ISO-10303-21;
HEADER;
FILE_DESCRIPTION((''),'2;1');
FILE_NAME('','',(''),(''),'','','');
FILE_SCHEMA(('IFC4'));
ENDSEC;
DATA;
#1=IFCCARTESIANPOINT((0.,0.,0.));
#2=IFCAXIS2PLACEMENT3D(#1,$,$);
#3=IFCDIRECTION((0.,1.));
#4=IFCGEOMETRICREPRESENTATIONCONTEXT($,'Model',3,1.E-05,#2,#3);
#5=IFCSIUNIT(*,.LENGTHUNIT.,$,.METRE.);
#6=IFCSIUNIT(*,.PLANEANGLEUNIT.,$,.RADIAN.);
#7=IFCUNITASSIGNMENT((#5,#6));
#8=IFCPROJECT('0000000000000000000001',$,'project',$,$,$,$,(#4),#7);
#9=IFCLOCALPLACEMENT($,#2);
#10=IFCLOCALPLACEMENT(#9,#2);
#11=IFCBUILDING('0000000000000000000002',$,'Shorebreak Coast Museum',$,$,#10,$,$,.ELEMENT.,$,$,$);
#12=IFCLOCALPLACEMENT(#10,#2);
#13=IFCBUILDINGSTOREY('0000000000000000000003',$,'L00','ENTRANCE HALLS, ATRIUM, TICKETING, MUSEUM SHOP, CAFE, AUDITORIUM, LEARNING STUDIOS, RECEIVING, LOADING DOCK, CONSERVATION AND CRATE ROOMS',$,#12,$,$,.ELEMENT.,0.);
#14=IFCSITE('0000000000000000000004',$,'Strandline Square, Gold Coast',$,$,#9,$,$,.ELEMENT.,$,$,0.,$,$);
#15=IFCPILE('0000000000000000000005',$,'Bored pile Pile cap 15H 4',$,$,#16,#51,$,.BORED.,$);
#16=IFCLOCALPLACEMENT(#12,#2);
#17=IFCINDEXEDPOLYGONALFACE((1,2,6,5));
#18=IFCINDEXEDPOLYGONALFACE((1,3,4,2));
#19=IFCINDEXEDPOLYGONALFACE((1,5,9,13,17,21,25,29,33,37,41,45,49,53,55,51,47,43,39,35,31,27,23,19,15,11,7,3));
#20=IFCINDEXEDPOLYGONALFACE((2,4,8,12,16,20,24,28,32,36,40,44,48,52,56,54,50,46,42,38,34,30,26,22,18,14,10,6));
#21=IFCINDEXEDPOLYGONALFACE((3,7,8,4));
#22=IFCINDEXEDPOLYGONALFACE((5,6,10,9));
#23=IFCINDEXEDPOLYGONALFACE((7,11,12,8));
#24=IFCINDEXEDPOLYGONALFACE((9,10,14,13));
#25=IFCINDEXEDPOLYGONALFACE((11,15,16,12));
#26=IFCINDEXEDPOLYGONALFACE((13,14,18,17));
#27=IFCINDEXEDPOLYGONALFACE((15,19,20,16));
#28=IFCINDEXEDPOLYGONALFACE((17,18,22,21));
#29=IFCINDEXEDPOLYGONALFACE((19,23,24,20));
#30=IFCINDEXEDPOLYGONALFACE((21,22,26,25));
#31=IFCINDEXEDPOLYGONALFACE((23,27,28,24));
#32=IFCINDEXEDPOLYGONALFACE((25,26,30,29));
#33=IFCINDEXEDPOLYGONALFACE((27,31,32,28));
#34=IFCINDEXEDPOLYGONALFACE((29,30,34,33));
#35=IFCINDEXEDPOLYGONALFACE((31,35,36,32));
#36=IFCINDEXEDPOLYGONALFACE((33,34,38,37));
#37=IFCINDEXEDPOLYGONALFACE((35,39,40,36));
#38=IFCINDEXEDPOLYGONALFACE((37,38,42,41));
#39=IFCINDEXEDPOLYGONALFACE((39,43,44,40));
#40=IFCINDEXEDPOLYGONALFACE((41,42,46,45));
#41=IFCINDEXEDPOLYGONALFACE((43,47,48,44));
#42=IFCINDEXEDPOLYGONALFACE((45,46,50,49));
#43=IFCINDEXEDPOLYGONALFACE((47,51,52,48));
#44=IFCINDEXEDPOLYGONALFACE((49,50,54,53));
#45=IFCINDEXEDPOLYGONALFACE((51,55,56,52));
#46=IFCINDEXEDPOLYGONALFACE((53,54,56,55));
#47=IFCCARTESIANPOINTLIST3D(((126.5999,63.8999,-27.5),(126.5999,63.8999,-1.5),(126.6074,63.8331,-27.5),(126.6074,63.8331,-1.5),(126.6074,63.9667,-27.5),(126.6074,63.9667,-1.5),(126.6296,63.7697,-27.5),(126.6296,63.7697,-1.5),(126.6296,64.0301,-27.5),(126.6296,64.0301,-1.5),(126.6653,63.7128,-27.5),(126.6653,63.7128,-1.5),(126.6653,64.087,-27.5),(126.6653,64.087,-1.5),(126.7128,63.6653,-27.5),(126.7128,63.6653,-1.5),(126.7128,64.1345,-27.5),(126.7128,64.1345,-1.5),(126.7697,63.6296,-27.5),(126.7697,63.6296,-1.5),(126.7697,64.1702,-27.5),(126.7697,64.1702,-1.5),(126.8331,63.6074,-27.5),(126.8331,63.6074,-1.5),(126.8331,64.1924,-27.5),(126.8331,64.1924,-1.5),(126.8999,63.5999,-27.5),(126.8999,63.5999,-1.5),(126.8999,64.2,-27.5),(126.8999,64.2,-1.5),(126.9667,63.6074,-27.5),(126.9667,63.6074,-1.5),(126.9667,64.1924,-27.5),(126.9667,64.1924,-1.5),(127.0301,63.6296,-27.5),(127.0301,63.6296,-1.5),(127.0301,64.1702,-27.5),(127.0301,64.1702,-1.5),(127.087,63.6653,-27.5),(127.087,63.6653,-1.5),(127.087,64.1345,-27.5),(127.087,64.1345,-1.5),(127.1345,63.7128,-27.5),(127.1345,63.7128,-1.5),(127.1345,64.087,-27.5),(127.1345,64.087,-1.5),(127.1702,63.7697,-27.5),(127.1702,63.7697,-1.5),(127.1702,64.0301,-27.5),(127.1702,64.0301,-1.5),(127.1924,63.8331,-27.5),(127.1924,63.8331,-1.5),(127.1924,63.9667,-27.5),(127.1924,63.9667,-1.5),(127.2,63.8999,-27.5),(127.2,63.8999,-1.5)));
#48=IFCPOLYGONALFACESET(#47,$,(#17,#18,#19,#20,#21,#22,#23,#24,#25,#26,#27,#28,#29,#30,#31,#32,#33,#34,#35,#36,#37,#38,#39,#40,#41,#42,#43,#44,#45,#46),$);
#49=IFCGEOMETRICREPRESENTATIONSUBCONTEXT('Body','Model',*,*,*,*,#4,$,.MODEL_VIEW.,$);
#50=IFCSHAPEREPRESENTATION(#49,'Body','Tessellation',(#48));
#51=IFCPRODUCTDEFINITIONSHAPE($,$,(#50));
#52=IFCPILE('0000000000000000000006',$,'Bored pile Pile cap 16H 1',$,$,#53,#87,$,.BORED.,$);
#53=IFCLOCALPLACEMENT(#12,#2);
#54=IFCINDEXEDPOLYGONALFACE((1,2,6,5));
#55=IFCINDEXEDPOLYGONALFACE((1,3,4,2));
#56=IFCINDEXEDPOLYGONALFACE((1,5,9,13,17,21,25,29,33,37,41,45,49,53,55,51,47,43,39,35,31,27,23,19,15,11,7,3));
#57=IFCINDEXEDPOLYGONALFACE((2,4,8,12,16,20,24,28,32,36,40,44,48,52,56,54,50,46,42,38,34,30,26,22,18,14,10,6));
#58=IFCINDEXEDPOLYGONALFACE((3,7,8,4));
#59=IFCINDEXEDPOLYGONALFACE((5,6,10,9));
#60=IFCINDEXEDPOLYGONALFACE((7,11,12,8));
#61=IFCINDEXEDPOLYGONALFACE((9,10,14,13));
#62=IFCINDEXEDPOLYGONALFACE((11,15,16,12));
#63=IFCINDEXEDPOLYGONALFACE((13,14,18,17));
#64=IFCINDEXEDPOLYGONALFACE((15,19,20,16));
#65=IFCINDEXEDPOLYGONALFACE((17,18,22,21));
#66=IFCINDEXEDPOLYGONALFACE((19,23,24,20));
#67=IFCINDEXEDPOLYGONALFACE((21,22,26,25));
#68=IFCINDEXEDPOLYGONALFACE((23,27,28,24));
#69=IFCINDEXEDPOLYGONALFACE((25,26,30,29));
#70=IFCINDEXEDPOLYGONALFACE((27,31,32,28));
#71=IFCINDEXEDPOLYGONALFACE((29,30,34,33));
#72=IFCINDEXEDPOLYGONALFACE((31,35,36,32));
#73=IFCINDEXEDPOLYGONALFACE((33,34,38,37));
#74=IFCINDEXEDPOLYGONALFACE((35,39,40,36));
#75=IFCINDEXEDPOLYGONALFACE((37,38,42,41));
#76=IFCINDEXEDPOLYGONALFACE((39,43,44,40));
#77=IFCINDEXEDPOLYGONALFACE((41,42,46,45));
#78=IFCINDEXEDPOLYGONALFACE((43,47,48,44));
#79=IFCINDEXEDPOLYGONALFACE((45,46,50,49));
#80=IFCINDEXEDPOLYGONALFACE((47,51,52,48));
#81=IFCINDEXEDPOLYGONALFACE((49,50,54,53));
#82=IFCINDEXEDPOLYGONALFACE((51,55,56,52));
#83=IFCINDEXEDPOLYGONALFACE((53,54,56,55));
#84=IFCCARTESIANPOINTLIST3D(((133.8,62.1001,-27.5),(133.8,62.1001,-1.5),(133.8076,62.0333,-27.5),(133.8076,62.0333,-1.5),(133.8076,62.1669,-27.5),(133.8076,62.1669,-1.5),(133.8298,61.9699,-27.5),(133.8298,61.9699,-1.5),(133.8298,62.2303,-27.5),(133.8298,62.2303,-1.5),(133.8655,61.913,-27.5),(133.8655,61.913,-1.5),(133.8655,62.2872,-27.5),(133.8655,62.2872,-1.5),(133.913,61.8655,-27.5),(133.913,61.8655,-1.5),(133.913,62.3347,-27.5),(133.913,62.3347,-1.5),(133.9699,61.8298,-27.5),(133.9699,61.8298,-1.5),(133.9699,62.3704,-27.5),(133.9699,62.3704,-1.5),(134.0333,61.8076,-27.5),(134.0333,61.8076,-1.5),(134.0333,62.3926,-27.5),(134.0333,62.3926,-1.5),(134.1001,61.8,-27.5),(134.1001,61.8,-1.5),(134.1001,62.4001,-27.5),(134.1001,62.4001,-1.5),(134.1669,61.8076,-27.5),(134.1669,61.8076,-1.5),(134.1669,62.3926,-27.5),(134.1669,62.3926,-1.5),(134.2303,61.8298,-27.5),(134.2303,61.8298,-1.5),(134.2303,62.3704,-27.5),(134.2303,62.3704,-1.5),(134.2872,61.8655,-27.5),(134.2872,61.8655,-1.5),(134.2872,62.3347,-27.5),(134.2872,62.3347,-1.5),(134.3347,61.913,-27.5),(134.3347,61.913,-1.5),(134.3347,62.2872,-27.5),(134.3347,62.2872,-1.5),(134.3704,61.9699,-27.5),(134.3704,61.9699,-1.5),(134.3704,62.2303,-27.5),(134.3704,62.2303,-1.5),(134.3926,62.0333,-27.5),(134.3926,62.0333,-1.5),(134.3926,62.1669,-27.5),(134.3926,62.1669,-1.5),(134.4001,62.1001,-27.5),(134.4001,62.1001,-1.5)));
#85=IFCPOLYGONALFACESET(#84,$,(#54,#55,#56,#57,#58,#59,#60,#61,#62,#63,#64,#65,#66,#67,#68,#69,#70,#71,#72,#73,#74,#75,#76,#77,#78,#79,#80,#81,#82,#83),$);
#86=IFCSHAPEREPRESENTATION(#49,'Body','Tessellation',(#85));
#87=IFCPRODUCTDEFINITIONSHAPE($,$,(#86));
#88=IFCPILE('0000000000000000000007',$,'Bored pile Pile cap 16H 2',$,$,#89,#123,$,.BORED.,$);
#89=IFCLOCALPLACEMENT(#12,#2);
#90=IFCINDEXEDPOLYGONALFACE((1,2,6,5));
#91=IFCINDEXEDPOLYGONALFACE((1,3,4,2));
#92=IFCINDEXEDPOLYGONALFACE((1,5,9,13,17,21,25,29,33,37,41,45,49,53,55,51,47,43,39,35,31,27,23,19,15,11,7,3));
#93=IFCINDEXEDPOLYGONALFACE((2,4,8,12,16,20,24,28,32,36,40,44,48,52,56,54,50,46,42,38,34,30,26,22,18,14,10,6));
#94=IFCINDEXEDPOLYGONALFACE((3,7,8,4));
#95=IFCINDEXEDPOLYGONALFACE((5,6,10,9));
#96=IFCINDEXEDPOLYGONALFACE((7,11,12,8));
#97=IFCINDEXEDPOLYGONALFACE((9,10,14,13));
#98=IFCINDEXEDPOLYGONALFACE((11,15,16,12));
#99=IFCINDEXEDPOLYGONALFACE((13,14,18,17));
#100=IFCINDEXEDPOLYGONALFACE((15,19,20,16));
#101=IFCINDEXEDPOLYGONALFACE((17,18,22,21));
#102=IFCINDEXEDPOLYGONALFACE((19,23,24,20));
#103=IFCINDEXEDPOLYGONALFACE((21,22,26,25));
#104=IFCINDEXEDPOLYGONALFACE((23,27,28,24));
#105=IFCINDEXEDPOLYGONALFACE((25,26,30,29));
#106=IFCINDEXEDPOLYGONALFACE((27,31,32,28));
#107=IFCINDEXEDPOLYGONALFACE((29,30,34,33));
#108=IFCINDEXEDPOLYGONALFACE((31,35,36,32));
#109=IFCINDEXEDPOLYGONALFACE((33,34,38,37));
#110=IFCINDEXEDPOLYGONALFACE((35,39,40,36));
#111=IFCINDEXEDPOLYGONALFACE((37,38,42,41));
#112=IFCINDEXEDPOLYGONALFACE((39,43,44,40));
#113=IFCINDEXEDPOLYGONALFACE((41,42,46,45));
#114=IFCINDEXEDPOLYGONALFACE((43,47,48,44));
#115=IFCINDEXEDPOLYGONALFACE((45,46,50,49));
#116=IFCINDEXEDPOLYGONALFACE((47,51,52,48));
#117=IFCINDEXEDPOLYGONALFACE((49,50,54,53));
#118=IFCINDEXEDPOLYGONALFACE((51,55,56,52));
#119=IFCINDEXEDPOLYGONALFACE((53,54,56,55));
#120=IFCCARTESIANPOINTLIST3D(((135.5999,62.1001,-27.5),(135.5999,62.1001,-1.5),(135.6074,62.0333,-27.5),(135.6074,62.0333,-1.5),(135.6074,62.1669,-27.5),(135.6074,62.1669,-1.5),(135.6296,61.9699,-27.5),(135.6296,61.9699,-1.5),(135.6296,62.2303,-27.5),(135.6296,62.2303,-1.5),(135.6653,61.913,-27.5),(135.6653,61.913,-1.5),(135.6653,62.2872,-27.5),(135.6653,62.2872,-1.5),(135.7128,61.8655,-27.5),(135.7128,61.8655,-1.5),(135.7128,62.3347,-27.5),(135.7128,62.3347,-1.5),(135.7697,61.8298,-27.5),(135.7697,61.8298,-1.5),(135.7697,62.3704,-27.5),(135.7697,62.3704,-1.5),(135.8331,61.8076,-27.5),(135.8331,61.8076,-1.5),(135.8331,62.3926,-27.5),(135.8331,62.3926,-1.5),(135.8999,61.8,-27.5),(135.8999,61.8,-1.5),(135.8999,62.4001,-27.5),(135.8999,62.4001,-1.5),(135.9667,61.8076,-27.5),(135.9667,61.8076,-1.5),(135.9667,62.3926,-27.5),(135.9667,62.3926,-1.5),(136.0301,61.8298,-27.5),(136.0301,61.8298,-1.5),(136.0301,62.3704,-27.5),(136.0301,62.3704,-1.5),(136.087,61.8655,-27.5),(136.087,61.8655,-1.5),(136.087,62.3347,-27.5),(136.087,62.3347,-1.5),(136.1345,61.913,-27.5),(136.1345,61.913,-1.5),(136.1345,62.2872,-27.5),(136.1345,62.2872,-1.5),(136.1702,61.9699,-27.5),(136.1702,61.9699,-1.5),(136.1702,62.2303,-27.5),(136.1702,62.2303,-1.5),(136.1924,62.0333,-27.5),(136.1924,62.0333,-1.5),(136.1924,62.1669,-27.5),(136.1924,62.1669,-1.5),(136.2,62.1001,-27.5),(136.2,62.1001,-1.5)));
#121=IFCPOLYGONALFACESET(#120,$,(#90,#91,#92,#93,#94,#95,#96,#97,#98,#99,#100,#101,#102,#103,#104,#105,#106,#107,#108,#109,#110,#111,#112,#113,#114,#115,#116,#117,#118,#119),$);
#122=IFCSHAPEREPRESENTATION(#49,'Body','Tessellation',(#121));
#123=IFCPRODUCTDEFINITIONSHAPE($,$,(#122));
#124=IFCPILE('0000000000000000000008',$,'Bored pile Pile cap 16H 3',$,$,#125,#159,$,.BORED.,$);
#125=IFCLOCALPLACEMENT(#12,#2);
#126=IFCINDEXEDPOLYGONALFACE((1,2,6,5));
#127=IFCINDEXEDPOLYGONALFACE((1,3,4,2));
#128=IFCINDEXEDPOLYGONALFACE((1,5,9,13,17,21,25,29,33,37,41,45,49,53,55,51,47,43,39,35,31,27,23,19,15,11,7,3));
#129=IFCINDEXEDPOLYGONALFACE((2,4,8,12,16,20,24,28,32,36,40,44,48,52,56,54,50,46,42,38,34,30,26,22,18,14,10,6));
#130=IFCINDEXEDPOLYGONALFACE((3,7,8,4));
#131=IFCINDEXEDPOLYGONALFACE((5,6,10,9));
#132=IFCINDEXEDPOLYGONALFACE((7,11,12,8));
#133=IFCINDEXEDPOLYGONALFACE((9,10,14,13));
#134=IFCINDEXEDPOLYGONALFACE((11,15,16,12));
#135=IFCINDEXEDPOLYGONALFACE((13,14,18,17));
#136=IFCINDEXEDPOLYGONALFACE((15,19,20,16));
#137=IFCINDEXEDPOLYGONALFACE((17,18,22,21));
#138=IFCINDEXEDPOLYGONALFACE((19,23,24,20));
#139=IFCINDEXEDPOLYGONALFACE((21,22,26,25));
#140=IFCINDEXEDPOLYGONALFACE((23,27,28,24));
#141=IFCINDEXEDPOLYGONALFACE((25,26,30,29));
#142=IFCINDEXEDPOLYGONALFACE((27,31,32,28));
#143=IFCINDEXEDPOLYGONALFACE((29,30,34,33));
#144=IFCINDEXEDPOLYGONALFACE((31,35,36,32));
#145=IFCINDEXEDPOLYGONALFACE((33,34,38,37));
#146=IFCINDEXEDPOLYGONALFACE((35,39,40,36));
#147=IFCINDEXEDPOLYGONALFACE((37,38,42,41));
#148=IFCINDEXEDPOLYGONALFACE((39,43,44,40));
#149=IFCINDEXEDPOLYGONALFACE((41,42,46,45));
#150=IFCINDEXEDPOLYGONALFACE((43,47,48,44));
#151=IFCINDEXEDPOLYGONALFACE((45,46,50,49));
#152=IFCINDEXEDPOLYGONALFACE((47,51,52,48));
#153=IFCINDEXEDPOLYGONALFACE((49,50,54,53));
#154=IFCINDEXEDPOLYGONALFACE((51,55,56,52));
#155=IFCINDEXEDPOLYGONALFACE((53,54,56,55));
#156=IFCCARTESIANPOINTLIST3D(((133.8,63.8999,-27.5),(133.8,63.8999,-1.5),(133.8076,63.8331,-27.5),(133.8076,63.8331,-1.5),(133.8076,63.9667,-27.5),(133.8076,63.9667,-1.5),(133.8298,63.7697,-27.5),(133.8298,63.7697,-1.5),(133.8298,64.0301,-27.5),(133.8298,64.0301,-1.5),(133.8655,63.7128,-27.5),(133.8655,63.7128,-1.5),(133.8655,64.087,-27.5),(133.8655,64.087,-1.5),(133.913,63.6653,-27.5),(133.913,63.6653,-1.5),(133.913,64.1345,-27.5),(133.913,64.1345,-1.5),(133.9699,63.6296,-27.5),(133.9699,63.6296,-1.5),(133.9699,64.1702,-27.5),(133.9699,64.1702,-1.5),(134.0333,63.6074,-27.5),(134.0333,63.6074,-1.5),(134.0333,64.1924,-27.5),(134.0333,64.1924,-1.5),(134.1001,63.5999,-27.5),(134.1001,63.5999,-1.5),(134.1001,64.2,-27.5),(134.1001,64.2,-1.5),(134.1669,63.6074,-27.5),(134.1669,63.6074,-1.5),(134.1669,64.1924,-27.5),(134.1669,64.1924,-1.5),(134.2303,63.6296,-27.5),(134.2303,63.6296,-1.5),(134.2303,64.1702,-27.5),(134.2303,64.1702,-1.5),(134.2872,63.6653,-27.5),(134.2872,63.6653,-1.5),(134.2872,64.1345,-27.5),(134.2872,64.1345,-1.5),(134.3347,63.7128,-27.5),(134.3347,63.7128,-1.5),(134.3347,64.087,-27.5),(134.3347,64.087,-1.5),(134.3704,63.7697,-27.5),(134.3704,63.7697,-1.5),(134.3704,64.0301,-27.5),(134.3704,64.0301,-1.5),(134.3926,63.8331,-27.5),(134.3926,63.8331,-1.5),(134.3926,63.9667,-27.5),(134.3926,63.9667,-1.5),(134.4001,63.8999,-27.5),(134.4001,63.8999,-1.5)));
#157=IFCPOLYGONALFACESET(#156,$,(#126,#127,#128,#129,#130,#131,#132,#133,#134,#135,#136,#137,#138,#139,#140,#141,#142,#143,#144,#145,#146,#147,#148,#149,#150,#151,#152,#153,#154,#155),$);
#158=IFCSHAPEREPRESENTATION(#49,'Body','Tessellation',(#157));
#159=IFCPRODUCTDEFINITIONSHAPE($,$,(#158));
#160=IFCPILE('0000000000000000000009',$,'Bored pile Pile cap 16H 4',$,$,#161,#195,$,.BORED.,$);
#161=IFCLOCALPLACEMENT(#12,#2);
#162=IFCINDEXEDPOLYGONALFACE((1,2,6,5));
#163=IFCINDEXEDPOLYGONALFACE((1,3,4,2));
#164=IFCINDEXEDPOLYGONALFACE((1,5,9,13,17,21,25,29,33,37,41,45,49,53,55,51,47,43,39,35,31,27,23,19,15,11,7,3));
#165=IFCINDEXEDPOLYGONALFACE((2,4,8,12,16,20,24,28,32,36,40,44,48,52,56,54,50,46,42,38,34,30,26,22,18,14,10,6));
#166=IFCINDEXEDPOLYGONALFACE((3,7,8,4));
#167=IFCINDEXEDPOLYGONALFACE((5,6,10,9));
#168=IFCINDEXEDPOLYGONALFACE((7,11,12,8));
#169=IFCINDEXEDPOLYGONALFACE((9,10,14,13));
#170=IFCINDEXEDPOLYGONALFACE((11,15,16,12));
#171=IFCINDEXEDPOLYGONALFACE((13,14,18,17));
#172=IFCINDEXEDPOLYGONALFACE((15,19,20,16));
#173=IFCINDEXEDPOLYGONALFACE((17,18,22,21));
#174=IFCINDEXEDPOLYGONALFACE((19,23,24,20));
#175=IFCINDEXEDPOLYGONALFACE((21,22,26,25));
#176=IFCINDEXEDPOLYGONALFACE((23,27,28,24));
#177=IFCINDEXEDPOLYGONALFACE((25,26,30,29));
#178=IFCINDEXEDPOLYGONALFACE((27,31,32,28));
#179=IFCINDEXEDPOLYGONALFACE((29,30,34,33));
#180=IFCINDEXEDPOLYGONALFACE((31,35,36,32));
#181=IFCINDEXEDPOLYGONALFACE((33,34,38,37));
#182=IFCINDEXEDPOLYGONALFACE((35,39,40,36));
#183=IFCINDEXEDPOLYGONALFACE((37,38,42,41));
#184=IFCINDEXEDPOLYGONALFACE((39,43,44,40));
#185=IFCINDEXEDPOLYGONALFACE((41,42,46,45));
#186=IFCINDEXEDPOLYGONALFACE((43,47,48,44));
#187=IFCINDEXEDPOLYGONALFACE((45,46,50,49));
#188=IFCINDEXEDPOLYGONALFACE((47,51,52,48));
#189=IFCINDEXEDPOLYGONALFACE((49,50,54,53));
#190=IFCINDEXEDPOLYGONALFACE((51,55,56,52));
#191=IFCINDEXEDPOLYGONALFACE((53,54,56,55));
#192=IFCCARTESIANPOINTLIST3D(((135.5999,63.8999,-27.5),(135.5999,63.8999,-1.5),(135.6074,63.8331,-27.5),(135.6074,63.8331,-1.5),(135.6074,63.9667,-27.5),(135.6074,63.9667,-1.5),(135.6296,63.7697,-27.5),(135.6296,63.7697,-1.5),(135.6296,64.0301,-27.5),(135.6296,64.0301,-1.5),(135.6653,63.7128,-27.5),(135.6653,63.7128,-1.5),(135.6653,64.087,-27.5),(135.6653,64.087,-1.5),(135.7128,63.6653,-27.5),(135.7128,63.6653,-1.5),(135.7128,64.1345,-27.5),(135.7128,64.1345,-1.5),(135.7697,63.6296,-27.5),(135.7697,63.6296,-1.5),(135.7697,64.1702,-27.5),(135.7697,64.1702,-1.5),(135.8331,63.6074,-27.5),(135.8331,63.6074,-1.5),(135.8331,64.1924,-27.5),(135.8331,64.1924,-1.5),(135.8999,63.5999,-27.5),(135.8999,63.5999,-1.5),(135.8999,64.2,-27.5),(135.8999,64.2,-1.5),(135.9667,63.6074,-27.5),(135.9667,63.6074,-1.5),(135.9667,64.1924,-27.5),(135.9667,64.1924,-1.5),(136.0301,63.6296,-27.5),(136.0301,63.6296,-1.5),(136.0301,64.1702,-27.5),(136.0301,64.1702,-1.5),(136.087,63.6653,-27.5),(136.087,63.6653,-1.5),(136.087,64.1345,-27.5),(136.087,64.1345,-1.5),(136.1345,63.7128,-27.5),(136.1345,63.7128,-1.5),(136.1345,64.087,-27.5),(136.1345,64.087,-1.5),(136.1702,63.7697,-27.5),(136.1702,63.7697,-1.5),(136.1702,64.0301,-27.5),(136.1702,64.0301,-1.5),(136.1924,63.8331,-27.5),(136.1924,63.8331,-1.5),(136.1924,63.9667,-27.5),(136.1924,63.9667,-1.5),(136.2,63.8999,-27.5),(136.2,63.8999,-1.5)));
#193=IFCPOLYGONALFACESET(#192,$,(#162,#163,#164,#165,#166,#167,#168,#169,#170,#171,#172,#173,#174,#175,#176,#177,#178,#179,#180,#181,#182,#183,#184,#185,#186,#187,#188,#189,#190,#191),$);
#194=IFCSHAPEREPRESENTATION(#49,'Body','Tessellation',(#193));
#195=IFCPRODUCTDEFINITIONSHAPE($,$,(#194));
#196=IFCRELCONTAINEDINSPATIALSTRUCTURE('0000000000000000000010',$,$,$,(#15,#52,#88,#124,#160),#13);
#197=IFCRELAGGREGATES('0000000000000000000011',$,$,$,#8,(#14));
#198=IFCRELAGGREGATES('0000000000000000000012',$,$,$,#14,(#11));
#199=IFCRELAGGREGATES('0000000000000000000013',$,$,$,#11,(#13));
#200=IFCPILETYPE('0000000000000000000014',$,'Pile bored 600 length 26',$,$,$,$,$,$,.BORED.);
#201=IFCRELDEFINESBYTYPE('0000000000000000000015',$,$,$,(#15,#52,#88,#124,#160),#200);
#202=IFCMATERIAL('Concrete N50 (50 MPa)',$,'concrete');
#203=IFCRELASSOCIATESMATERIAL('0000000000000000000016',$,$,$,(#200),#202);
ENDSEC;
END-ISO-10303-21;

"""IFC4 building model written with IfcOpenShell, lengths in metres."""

from ifc_helpers import new_model, si_unit, direction, frame, origin, origin_2d, place, context, subcontext, project, spatial, circle, extrude, material, material_profile, profile_set, type_object, element, save


model = new_model("IFC4")

# Units and contexts
model_context = context("Model", 3, precision=1e-05, world=origin(), true_north=direction((0.0, 1.0)))
body_context = subcontext(model_context, "Body", "Model", "MODEL_VIEW")
ifc_project = project(units=[si_unit("LENGTHUNIT", "METRE"), si_unit("PLANEANGLEUNIT", "RADIAN")], contexts=[model_context])

# Site, building, storey
site_placement = place(None, origin())
site = spatial("IfcSite", under=ifc_project, at=site_placement, Name="Strandline Square, Gold Coast", CompositionType="ELEMENT", RefElevation=0.0)
building_placement = place(site_placement, origin())
building = spatial("IfcBuilding", under=site, at=building_placement, Name="Shorebreak Coast Museum", CompositionType="ELEMENT")
storey_placement = place(building_placement, origin())
storey = spatial("IfcBuildingStorey", under=building, at=storey_placement, Name="L00", Description="ENTRANCE HALLS, ATRIUM, TICKETING, MUSEUM SHOP, CAFE, AUDITORIUM, LEARNING STUDIOS, RECEIVING, LOADING DOCK, CONSERVATION AND CRATE ROOMS", CompositionType="ELEMENT", Elevation=0.0)

# Piles
ifc_material_1 = material(Name="Concrete N50 (50 MPa)", Category="concrete")
ifc_material_profile_1 = material_profile(ifc_material_1, circle(Radius=0.3, at=origin_2d()), Name="Pile bored 600 length 26")
ifc_profile_set_1 = profile_set([ifc_material_profile_1], Name="Concrete N50 (50 MPa)")
pile_type = type_object("IfcPileType", Name="Pile bored 600 length 26", PredefinedType="BORED", material=ifc_profile_set_1)
for number, where, z_axis, x_axis, name in (
    (1, (126.8999, 63.8999, -1.5), (0.0, 0.0, -1.0), (1.0, 0.0, 0.0), "Bored pile Pile cap 15H 4"),
    (2, (134.1001, 62.1001, -1.5), (0.0, 0.0, -1.0), (1.0, 0.0, 0.0), "Bored pile Pile cap 16H 1"),
    (3, (135.8999, 62.1001, -1.5), (0.0, 0.0, -1.0), (1.0, 0.0, 0.0), "Bored pile Pile cap 16H 2"),
    (4, (134.1001, 63.8999, -1.5), (0.0, 0.0, -1.0), (1.0, 0.0, 0.0), "Bored pile Pile cap 16H 3"),
    (5, (135.8999, 63.8999, -1.5), (0.0, 0.0, -1.0), (1.0, 0.0, 0.0), "Bored pile Pile cap 16H 4"),
):
    element("IfcPile", number, at=place(storey_placement, frame(where, z_axis=z_axis, x_axis=x_axis)), inside=storey, type_object=pile_type, Name=name, PredefinedType="BORED", context=body_context, shape_type="SweptSolid", body=[
        extrude(circle(Radius=0.3, at=origin_2d()), origin(), (0.0, 0.0, 1.0), 26.0),
    ])

save(model, "model.ifc")
